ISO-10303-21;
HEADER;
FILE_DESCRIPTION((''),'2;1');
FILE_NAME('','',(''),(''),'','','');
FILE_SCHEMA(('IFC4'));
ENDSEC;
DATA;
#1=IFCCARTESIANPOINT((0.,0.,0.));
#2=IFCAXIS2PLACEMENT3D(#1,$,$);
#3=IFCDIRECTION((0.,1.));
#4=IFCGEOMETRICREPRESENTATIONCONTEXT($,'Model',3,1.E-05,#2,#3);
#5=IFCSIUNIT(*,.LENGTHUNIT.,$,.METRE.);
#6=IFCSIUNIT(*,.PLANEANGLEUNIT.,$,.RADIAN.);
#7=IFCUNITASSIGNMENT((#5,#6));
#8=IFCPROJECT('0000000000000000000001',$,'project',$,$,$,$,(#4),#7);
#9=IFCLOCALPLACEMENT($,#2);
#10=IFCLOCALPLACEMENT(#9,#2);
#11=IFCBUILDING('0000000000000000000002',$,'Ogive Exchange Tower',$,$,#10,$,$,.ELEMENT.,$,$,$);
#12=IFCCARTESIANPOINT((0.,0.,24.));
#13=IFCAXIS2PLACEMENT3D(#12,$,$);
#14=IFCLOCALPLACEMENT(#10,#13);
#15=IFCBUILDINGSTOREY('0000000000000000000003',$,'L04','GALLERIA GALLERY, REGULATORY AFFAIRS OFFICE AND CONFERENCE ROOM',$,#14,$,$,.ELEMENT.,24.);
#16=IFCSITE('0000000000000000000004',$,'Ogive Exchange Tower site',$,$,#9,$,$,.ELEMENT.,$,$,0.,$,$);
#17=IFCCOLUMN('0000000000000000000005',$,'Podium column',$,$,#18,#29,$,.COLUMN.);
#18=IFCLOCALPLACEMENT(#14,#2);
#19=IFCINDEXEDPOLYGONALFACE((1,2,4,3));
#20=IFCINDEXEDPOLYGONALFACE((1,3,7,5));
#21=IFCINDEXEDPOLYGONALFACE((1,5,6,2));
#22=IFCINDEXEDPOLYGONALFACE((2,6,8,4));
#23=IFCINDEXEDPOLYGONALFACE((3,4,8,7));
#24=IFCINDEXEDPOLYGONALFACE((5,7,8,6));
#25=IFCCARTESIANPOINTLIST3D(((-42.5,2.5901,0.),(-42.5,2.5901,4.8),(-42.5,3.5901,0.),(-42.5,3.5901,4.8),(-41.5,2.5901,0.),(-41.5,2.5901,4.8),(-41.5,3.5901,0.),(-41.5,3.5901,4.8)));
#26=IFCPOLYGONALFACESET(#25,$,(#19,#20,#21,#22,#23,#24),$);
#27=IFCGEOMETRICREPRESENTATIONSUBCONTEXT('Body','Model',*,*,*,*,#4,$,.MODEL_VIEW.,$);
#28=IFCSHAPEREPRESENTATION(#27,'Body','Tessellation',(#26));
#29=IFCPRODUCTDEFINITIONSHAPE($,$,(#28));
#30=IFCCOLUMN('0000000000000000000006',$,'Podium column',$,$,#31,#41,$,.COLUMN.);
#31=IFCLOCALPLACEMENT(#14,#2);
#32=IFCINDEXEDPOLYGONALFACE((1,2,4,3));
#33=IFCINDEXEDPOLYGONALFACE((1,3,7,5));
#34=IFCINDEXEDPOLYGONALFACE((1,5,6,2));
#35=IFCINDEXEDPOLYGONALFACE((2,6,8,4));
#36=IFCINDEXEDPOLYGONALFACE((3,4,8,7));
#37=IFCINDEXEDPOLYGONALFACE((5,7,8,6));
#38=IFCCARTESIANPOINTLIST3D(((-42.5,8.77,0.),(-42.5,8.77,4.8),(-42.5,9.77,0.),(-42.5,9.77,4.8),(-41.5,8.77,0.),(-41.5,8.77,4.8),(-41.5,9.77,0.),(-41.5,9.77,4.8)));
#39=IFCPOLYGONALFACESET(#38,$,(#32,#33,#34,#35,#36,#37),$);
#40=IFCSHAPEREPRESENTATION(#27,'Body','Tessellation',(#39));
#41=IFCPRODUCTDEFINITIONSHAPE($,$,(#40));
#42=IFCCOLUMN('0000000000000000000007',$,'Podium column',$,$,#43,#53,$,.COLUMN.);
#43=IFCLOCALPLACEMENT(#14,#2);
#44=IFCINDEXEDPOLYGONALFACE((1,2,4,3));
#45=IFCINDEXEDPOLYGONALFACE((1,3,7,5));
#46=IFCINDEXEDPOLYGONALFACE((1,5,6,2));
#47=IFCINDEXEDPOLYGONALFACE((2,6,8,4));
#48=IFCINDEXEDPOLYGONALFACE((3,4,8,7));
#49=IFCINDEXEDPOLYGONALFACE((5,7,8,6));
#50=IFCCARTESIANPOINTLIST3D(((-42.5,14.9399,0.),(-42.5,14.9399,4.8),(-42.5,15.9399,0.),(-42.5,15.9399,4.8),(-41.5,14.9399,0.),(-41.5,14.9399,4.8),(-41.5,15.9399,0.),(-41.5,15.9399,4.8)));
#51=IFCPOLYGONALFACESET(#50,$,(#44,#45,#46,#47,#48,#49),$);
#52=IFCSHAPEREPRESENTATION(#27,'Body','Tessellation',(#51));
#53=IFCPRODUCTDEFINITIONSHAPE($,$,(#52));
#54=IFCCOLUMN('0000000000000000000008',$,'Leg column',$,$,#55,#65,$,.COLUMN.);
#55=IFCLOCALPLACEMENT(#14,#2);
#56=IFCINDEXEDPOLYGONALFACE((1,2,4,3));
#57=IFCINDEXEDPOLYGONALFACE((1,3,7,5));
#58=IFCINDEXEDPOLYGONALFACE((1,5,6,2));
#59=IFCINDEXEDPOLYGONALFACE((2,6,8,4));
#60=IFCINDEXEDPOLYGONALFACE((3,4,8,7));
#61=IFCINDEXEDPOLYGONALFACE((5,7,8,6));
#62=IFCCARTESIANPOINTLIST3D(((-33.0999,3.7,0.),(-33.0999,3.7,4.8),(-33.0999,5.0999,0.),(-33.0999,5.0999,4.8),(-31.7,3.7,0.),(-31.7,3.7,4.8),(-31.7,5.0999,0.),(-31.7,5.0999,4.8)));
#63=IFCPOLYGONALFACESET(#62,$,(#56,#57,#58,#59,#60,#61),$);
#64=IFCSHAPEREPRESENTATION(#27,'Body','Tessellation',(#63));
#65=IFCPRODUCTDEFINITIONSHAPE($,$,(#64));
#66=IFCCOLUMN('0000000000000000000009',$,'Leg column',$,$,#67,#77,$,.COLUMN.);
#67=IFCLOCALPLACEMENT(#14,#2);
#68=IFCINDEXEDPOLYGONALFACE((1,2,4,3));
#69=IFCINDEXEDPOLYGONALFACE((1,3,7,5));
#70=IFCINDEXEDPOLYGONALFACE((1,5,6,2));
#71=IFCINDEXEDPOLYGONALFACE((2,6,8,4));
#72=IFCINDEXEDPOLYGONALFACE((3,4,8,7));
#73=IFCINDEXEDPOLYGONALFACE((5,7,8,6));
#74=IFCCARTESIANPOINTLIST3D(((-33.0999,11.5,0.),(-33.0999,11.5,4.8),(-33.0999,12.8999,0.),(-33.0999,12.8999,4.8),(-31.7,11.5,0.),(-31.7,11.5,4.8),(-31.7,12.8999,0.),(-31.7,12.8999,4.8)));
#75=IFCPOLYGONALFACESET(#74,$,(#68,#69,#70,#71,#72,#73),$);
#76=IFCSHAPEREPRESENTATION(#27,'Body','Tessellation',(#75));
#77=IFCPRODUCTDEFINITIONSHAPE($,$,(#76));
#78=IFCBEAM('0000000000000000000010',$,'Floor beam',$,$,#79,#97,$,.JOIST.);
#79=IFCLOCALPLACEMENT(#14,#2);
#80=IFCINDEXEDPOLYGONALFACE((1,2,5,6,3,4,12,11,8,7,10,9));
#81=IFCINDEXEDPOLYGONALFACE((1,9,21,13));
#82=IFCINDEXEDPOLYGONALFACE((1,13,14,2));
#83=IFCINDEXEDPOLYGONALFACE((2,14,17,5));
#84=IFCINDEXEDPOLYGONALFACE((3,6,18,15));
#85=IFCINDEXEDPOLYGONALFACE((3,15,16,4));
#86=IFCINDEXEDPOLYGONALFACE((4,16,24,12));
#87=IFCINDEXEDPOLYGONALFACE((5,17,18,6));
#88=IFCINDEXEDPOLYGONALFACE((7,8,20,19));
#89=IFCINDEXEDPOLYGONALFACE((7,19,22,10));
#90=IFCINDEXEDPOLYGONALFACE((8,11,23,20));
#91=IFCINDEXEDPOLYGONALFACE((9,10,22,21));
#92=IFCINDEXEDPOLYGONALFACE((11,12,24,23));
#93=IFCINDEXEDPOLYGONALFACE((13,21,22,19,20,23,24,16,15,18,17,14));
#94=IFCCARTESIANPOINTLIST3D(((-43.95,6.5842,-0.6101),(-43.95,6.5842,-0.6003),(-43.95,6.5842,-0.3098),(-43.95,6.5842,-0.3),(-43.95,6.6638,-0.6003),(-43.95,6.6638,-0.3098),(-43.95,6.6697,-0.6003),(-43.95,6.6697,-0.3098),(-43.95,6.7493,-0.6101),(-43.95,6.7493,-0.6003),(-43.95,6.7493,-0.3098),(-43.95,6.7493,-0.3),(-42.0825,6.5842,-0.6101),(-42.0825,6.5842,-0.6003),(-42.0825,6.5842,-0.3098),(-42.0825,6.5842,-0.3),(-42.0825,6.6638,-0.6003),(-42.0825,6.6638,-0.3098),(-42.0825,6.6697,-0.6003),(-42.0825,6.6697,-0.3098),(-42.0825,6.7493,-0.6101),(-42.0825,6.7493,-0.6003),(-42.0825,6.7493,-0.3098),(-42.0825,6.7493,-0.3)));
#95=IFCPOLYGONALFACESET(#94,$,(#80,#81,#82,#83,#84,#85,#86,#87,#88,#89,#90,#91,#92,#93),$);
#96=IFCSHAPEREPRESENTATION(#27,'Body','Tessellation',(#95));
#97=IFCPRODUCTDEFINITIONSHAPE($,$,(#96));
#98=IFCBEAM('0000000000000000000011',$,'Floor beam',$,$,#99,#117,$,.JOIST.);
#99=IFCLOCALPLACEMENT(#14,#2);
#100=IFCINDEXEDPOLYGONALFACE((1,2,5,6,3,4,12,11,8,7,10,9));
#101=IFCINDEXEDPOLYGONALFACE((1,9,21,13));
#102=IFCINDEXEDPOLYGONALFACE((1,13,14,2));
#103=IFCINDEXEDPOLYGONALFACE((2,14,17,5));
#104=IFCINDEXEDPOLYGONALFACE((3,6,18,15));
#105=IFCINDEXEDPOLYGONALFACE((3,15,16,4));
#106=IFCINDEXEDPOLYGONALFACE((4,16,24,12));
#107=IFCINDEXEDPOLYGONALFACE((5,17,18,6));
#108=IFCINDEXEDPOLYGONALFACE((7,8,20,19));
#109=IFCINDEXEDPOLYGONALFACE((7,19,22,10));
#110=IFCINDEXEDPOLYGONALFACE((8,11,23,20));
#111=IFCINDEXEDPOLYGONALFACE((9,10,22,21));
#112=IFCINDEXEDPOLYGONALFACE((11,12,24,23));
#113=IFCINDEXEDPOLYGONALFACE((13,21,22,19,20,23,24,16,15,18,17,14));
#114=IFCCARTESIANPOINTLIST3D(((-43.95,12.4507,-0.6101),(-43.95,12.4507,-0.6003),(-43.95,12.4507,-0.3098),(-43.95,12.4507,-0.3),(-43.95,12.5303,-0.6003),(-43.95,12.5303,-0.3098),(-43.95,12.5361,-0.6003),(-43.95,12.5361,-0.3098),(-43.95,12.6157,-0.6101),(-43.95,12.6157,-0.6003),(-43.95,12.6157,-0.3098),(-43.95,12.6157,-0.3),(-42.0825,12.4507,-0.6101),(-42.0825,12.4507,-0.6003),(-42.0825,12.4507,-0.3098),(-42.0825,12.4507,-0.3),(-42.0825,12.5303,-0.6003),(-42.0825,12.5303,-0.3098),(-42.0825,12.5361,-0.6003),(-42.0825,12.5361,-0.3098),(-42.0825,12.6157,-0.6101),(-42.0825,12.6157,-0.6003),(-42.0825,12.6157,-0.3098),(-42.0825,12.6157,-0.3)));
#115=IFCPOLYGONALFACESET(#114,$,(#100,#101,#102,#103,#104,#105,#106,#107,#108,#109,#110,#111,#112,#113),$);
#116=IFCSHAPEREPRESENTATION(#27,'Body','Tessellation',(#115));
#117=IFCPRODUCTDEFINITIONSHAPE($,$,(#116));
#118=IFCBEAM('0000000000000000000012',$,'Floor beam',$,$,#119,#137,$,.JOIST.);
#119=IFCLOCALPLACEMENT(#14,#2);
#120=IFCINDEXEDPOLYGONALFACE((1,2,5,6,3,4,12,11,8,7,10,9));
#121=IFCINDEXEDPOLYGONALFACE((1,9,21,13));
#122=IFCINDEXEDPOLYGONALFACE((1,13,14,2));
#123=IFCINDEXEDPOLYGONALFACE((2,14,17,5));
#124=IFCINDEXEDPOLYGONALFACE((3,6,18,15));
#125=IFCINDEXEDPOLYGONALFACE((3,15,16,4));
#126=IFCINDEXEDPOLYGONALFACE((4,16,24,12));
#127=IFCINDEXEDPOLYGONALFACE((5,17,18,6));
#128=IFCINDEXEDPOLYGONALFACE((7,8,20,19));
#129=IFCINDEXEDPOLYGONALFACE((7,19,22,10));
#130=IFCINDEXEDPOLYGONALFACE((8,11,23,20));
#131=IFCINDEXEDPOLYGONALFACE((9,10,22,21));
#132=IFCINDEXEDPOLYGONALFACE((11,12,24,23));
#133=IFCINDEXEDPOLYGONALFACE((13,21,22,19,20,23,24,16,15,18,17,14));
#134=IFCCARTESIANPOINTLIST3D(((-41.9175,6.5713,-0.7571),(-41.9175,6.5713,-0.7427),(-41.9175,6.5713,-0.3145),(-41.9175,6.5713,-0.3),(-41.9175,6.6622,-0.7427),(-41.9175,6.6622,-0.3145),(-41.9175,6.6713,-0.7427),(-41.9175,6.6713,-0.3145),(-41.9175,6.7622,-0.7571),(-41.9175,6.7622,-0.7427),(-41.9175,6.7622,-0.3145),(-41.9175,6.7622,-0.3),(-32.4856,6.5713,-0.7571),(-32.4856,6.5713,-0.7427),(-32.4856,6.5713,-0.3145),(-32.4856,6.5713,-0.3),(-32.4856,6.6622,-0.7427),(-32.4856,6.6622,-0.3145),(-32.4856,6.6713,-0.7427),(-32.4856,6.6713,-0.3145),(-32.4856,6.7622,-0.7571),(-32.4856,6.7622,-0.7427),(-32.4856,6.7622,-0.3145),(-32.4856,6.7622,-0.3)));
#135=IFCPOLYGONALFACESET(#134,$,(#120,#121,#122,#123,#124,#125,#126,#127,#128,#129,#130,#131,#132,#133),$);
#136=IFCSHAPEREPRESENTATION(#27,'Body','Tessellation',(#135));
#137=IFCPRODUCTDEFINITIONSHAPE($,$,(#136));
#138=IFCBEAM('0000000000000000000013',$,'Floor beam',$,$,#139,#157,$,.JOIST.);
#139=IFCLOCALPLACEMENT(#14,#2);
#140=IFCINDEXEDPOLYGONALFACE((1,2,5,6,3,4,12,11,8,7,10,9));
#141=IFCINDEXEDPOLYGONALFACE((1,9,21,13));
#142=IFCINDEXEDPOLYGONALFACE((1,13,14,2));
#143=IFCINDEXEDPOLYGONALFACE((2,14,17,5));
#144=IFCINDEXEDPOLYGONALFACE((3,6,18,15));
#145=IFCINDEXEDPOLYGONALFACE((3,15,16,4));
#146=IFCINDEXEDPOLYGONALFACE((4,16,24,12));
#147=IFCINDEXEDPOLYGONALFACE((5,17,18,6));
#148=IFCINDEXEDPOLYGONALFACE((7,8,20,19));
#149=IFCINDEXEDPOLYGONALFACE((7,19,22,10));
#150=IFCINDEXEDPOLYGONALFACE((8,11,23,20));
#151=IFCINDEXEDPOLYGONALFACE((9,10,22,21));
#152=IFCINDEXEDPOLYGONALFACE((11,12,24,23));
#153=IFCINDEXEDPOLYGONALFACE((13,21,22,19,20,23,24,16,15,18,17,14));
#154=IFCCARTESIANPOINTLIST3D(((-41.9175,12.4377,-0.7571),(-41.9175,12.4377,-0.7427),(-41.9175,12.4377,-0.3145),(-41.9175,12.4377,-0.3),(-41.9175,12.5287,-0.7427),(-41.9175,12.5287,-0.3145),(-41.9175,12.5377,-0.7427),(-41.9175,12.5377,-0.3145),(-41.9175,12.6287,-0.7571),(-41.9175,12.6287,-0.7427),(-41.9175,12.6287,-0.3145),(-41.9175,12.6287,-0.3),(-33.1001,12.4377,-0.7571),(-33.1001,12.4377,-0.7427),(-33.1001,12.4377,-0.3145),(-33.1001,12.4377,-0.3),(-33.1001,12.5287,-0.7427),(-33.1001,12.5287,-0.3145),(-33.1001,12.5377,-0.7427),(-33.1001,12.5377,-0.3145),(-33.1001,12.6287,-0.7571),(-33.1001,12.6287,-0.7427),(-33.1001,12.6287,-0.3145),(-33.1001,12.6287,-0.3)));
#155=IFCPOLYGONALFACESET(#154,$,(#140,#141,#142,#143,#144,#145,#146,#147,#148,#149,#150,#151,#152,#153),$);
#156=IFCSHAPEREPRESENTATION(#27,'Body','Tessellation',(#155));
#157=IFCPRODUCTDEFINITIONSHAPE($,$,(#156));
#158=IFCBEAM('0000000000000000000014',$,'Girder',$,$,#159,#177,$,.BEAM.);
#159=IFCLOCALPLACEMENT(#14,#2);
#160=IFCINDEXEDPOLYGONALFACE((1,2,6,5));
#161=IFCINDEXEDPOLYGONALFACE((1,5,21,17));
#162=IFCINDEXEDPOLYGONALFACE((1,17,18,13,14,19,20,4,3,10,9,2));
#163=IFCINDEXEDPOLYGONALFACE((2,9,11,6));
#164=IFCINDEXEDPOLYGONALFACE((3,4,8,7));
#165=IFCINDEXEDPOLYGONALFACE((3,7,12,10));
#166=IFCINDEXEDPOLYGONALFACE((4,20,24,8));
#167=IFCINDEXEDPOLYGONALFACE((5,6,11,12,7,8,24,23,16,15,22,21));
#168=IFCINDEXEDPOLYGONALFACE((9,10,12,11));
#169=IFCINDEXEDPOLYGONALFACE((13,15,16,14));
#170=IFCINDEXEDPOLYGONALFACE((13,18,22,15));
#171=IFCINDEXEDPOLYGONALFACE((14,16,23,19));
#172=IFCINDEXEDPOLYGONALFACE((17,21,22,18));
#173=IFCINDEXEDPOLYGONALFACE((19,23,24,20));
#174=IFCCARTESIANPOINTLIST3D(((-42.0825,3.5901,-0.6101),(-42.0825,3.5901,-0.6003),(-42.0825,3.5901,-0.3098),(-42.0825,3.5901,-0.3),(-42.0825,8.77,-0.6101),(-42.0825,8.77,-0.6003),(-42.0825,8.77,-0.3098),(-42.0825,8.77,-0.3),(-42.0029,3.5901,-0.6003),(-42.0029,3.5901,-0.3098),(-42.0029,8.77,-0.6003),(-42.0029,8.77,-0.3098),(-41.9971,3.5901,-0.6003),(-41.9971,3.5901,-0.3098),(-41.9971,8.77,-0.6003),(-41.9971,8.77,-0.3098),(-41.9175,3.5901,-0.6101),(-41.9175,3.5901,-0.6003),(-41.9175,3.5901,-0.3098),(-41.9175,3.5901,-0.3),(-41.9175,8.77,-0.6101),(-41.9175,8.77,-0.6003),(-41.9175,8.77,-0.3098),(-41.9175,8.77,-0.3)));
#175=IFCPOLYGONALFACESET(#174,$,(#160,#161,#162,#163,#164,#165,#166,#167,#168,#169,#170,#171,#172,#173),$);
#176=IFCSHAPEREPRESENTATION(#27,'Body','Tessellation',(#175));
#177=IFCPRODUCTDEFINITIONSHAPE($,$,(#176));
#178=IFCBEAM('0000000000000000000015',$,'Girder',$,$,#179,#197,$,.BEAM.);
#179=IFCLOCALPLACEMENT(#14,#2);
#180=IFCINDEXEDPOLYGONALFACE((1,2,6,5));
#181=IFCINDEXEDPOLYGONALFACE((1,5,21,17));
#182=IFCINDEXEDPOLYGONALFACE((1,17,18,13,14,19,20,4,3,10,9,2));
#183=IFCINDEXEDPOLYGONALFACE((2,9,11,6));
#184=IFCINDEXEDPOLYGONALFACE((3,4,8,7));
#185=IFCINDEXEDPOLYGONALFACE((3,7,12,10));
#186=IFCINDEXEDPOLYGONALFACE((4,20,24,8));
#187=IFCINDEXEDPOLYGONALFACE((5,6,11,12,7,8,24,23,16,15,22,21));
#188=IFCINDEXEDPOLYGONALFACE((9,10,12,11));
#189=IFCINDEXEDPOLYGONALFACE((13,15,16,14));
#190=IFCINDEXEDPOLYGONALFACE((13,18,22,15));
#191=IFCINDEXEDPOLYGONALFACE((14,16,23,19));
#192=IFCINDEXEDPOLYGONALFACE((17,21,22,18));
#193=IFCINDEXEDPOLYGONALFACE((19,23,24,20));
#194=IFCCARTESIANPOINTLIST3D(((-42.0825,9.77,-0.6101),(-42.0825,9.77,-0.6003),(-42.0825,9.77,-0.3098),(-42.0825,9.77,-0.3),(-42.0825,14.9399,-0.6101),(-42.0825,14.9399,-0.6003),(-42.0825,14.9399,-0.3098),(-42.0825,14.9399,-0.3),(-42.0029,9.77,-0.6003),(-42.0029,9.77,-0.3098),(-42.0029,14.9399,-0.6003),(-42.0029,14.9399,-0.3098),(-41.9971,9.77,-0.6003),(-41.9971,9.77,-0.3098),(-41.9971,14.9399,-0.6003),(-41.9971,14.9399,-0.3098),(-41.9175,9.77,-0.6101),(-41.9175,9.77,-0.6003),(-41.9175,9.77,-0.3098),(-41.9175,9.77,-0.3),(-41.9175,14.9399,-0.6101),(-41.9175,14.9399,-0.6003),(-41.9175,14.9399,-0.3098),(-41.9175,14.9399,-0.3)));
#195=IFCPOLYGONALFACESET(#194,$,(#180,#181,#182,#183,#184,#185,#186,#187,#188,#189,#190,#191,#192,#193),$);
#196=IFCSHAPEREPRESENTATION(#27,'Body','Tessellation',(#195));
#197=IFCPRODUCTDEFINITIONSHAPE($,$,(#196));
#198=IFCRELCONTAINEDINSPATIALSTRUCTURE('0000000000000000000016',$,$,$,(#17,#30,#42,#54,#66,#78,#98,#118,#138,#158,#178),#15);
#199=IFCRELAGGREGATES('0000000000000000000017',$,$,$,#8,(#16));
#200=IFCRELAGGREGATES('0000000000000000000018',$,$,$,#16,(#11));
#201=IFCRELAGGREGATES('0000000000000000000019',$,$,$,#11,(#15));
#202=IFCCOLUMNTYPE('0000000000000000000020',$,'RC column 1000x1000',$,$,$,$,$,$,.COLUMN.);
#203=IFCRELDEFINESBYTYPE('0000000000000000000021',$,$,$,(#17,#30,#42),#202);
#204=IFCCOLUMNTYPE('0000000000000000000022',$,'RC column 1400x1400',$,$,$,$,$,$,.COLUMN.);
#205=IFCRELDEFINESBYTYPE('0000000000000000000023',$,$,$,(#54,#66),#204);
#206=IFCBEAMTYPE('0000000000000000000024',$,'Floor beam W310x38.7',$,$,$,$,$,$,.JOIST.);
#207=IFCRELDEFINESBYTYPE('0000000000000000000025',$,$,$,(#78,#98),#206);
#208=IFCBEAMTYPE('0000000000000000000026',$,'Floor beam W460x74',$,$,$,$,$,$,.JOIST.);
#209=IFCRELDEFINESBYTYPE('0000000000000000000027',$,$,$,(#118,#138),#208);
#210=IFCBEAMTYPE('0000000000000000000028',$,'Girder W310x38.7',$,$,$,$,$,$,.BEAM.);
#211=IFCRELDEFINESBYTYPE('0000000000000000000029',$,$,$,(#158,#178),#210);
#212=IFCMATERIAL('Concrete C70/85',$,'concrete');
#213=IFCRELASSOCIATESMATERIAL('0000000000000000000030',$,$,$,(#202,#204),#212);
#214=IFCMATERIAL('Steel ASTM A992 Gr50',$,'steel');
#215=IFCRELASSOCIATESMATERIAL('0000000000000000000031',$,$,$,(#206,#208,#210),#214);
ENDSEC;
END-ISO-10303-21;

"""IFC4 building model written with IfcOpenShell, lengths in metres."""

from ifc_helpers import new_model, si_unit, direction, frame, origin, origin_2d, place, context, subcontext, project, spatial, rectangle, i_section, extrude, material, material_profile, profile_set, type_object, element, save


model = new_model("IFC4")

# Units and contexts
model_context = context("Model", 3, precision=1e-05, world=origin(), true_north=direction((0.0, 1.0)))
body_context = subcontext(model_context, "Body", "Model", "MODEL_VIEW")
ifc_project = project(units=[si_unit("LENGTHUNIT", "METRE"), si_unit("PLANEANGLEUNIT", "RADIAN")], contexts=[model_context])

# Site, building, storey
site_placement = place(None, origin())
site = spatial("IfcSite", under=ifc_project, at=site_placement, Name="Ogive Exchange Tower site", CompositionType="ELEMENT", RefElevation=0.0)
building_placement = place(site_placement, origin())
building = spatial("IfcBuilding", under=site, at=building_placement, Name="Ogive Exchange Tower", CompositionType="ELEMENT")
storey_placement = place(building_placement, frame((0.0, 0.0, 24.0)))
storey = spatial("IfcBuildingStorey", under=building, at=storey_placement, Name="L04", Description="GALLERIA GALLERY, REGULATORY AFFAIRS OFFICE AND CONFERENCE ROOM", CompositionType="ELEMENT", Elevation=24.0)

# Columns
ifc_material_1 = material(Name="Concrete C70/85", Category="concrete")
ifc_material_profile_1 = material_profile(ifc_material_1, rectangle(XDim=1.0, YDim=1.0, at=origin_2d()), Name="RC 1000x1000")
ifc_profile_set_1 = profile_set([ifc_material_profile_1], Name="Concrete C70/85")
column_type_1 = type_object("IfcColumnType", Name="RC column 1000x1000", PredefinedType="COLUMN", material=ifc_profile_set_1)
for number, where, z_axis, x_axis, name in (
    (1, (-42.0, 3.0901, 0.0), (0.0, 0.0, 1.0), (1.0, 0.0, 0.0), "Podium column"),
    (2, (-42.0, 9.27, 0.0), (0.0, 0.0, 1.0), (1.0, 0.0, 0.0), "Podium column"),
    (3, (-42.0, 15.4399, 0.0), (0.0, 0.0, 1.0), (1.0, 0.0, 0.0), "Podium column"),
):
    element("IfcColumn", number, at=place(storey_placement, frame(where, z_axis=z_axis, x_axis=x_axis)), inside=storey, type_object=column_type_1, Name=name, PredefinedType="COLUMN", context=body_context, shape_type="SweptSolid", body=[
        extrude(rectangle(XDim=1.0, YDim=1.0, at=origin_2d()), origin(), (0.0, 0.0, 1.0), 4.8),
    ])
ifc_material_profile_2 = material_profile(ifc_material_1, rectangle(XDim=1.3999, YDim=1.3999, at=origin_2d()), Name="RC 1400x1400")
ifc_profile_set_2 = profile_set([ifc_material_profile_2], Name="Concrete C70/85")
column_type_2 = type_object("IfcColumnType", Name="RC column 1400x1400", PredefinedType="COLUMN", material=ifc_profile_set_2)
for number, where, z_axis, x_axis, name in (
    (4, (-32.3999, 4.3999, 0.0), (0.0, 0.0, 1.0), (1.0, 0.0, 0.0), "Leg column"),
    (5, (-32.3999, 12.2, 0.0), (0.0, 0.0, 1.0), (1.0, 0.0, 0.0), "Leg column"),
):
    element("IfcColumn", number, at=place(storey_placement, frame(where, z_axis=z_axis, x_axis=x_axis)), inside=storey, type_object=column_type_2, Name=name, PredefinedType="COLUMN", context=body_context, shape_type="SweptSolid", body=[
        extrude(rectangle(XDim=1.3999, YDim=1.3999, at=origin_2d()), origin(), (0.0, 0.0, 1.0), 4.8),
    ])

# Beams
ifc_material_2 = material(Name="Steel ASTM A992 Gr50", Category="steel")
ifc_material_profile_3 = material_profile(ifc_material_2, i_section(OverallWidth=0.165, OverallDepth=0.3101, WebThickness=0.0059, FlangeThickness=0.0098, at=origin_2d()), Name="W310x38.7")
ifc_profile_set_3 = profile_set([ifc_material_profile_3], Name="Steel ASTM A992 Gr50")
beam_type_1 = type_object("IfcBeamType", Name="Floor beam W310x38.7", PredefinedType="JOIST", material=ifc_profile_set_3)
for number, where, z_axis, x_axis, name in (
    (6, (-43.95, 6.6667, -0.4551), (1.0, 0.0, 0.0), (0.0, 1.0, 0.0), "Floor beam"),
    (7, (-43.95, 12.5332, -0.4551), (1.0, 0.0, 0.0), (0.0, 1.0, 0.0), "Floor beam"),
):
    element("IfcBeam", number, at=place(storey_placement, frame(where, z_axis=z_axis, x_axis=x_axis)), inside=storey, type_object=beam_type_1, Name=name, PredefinedType="JOIST", context=body_context, shape_type="SweptSolid", body=[
        extrude(i_section(OverallWidth=0.165, OverallDepth=0.3101, WebThickness=0.0059, FlangeThickness=0.0098, at=origin_2d()), origin(), (0.0, 0.0, 1.0), 1.8674),
    ])
ifc_material_profile_4 = material_profile(ifc_material_2, i_section(OverallWidth=0.1909, OverallDepth=0.457, WebThickness=0.009, FlangeThickness=0.0144, at=origin_2d()), Name="W460x74")
ifc_profile_set_4 = profile_set([ifc_material_profile_4], Name="Steel ASTM A992 Gr50")
beam_type_2 = type_object("IfcBeamType", Name="Floor beam W460x74", PredefinedType="JOIST", material=ifc_profile_set_4)
beam_1_placement = place(storey_placement, frame((-41.9175, 6.6667, -0.5286), z_axis=(1.0, 0.0, 0.0), x_axis=(0.0, 1.0, 0.0)))
element("IfcBeam", 8, at=beam_1_placement, inside=storey, type_object=beam_type_2, Name="Floor beam", PredefinedType="JOIST", context=body_context, shape_type="SweptSolid", body=[
    extrude(i_section(OverallWidth=0.1909, OverallDepth=0.457, WebThickness=0.009, FlangeThickness=0.0144, at=origin_2d()), origin(), (0.0, 0.0, 1.0), 9.4319),
])
beam_2_placement = place(storey_placement, frame((-41.9175, 12.5332, -0.5286), z_axis=(1.0, 0.0, 0.0), x_axis=(0.0, 1.0, 0.0)))
element("IfcBeam", 9, at=beam_2_placement, inside=storey, type_object=beam_type_2, Name="Floor beam", PredefinedType="JOIST", context=body_context, shape_type="SweptSolid", body=[
    extrude(i_section(OverallWidth=0.1909, OverallDepth=0.457, WebThickness=0.009, FlangeThickness=0.0144, at=origin_2d()), origin(), (0.0, 0.0, 1.0), 8.8174),
])
ifc_material_profile_5 = material_profile(ifc_material_2, i_section(OverallWidth=0.165, OverallDepth=0.3101, WebThickness=0.0059, FlangeThickness=0.0098, at=origin_2d()), Name="W310x38.7")
ifc_profile_set_5 = profile_set([ifc_material_profile_5], Name="Steel ASTM A992 Gr50")
beam_type_3 = type_object("IfcBeamType", Name="Girder W310x38.7", PredefinedType="BEAM", material=ifc_profile_set_5)
beam_3_placement = place(storey_placement, frame((-42.0, 3.5901, -0.4551), z_axis=(0.0, 1.0, 0.0), x_axis=(-1.0, 0.0, 0.0)))
element("IfcBeam", 10, at=beam_3_placement, inside=storey, type_object=beam_type_3, Name="Girder", PredefinedType="BEAM", context=body_context, shape_type="SweptSolid", body=[
    extrude(i_section(OverallWidth=0.165, OverallDepth=0.3101, WebThickness=0.0059, FlangeThickness=0.0098, at=origin_2d()), origin(), (0.0, 0.0, 1.0), 5.1799),
])
beam_4_placement = place(storey_placement, frame((-42.0, 9.77, -0.4551), z_axis=(0.0, 1.0, 0.0), x_axis=(-1.0, 0.0, 0.0)))
element("IfcBeam", 11, at=beam_4_placement, inside=storey, type_object=beam_type_3, Name="Girder", PredefinedType="BEAM", context=body_context, shape_type="SweptSolid", body=[
    extrude(i_section(OverallWidth=0.165, OverallDepth=0.3101, WebThickness=0.0059, FlangeThickness=0.0098, at=origin_2d()), origin(), (0.0, 0.0, 1.0), 5.1699),
])

save(model, "model.ifc")
